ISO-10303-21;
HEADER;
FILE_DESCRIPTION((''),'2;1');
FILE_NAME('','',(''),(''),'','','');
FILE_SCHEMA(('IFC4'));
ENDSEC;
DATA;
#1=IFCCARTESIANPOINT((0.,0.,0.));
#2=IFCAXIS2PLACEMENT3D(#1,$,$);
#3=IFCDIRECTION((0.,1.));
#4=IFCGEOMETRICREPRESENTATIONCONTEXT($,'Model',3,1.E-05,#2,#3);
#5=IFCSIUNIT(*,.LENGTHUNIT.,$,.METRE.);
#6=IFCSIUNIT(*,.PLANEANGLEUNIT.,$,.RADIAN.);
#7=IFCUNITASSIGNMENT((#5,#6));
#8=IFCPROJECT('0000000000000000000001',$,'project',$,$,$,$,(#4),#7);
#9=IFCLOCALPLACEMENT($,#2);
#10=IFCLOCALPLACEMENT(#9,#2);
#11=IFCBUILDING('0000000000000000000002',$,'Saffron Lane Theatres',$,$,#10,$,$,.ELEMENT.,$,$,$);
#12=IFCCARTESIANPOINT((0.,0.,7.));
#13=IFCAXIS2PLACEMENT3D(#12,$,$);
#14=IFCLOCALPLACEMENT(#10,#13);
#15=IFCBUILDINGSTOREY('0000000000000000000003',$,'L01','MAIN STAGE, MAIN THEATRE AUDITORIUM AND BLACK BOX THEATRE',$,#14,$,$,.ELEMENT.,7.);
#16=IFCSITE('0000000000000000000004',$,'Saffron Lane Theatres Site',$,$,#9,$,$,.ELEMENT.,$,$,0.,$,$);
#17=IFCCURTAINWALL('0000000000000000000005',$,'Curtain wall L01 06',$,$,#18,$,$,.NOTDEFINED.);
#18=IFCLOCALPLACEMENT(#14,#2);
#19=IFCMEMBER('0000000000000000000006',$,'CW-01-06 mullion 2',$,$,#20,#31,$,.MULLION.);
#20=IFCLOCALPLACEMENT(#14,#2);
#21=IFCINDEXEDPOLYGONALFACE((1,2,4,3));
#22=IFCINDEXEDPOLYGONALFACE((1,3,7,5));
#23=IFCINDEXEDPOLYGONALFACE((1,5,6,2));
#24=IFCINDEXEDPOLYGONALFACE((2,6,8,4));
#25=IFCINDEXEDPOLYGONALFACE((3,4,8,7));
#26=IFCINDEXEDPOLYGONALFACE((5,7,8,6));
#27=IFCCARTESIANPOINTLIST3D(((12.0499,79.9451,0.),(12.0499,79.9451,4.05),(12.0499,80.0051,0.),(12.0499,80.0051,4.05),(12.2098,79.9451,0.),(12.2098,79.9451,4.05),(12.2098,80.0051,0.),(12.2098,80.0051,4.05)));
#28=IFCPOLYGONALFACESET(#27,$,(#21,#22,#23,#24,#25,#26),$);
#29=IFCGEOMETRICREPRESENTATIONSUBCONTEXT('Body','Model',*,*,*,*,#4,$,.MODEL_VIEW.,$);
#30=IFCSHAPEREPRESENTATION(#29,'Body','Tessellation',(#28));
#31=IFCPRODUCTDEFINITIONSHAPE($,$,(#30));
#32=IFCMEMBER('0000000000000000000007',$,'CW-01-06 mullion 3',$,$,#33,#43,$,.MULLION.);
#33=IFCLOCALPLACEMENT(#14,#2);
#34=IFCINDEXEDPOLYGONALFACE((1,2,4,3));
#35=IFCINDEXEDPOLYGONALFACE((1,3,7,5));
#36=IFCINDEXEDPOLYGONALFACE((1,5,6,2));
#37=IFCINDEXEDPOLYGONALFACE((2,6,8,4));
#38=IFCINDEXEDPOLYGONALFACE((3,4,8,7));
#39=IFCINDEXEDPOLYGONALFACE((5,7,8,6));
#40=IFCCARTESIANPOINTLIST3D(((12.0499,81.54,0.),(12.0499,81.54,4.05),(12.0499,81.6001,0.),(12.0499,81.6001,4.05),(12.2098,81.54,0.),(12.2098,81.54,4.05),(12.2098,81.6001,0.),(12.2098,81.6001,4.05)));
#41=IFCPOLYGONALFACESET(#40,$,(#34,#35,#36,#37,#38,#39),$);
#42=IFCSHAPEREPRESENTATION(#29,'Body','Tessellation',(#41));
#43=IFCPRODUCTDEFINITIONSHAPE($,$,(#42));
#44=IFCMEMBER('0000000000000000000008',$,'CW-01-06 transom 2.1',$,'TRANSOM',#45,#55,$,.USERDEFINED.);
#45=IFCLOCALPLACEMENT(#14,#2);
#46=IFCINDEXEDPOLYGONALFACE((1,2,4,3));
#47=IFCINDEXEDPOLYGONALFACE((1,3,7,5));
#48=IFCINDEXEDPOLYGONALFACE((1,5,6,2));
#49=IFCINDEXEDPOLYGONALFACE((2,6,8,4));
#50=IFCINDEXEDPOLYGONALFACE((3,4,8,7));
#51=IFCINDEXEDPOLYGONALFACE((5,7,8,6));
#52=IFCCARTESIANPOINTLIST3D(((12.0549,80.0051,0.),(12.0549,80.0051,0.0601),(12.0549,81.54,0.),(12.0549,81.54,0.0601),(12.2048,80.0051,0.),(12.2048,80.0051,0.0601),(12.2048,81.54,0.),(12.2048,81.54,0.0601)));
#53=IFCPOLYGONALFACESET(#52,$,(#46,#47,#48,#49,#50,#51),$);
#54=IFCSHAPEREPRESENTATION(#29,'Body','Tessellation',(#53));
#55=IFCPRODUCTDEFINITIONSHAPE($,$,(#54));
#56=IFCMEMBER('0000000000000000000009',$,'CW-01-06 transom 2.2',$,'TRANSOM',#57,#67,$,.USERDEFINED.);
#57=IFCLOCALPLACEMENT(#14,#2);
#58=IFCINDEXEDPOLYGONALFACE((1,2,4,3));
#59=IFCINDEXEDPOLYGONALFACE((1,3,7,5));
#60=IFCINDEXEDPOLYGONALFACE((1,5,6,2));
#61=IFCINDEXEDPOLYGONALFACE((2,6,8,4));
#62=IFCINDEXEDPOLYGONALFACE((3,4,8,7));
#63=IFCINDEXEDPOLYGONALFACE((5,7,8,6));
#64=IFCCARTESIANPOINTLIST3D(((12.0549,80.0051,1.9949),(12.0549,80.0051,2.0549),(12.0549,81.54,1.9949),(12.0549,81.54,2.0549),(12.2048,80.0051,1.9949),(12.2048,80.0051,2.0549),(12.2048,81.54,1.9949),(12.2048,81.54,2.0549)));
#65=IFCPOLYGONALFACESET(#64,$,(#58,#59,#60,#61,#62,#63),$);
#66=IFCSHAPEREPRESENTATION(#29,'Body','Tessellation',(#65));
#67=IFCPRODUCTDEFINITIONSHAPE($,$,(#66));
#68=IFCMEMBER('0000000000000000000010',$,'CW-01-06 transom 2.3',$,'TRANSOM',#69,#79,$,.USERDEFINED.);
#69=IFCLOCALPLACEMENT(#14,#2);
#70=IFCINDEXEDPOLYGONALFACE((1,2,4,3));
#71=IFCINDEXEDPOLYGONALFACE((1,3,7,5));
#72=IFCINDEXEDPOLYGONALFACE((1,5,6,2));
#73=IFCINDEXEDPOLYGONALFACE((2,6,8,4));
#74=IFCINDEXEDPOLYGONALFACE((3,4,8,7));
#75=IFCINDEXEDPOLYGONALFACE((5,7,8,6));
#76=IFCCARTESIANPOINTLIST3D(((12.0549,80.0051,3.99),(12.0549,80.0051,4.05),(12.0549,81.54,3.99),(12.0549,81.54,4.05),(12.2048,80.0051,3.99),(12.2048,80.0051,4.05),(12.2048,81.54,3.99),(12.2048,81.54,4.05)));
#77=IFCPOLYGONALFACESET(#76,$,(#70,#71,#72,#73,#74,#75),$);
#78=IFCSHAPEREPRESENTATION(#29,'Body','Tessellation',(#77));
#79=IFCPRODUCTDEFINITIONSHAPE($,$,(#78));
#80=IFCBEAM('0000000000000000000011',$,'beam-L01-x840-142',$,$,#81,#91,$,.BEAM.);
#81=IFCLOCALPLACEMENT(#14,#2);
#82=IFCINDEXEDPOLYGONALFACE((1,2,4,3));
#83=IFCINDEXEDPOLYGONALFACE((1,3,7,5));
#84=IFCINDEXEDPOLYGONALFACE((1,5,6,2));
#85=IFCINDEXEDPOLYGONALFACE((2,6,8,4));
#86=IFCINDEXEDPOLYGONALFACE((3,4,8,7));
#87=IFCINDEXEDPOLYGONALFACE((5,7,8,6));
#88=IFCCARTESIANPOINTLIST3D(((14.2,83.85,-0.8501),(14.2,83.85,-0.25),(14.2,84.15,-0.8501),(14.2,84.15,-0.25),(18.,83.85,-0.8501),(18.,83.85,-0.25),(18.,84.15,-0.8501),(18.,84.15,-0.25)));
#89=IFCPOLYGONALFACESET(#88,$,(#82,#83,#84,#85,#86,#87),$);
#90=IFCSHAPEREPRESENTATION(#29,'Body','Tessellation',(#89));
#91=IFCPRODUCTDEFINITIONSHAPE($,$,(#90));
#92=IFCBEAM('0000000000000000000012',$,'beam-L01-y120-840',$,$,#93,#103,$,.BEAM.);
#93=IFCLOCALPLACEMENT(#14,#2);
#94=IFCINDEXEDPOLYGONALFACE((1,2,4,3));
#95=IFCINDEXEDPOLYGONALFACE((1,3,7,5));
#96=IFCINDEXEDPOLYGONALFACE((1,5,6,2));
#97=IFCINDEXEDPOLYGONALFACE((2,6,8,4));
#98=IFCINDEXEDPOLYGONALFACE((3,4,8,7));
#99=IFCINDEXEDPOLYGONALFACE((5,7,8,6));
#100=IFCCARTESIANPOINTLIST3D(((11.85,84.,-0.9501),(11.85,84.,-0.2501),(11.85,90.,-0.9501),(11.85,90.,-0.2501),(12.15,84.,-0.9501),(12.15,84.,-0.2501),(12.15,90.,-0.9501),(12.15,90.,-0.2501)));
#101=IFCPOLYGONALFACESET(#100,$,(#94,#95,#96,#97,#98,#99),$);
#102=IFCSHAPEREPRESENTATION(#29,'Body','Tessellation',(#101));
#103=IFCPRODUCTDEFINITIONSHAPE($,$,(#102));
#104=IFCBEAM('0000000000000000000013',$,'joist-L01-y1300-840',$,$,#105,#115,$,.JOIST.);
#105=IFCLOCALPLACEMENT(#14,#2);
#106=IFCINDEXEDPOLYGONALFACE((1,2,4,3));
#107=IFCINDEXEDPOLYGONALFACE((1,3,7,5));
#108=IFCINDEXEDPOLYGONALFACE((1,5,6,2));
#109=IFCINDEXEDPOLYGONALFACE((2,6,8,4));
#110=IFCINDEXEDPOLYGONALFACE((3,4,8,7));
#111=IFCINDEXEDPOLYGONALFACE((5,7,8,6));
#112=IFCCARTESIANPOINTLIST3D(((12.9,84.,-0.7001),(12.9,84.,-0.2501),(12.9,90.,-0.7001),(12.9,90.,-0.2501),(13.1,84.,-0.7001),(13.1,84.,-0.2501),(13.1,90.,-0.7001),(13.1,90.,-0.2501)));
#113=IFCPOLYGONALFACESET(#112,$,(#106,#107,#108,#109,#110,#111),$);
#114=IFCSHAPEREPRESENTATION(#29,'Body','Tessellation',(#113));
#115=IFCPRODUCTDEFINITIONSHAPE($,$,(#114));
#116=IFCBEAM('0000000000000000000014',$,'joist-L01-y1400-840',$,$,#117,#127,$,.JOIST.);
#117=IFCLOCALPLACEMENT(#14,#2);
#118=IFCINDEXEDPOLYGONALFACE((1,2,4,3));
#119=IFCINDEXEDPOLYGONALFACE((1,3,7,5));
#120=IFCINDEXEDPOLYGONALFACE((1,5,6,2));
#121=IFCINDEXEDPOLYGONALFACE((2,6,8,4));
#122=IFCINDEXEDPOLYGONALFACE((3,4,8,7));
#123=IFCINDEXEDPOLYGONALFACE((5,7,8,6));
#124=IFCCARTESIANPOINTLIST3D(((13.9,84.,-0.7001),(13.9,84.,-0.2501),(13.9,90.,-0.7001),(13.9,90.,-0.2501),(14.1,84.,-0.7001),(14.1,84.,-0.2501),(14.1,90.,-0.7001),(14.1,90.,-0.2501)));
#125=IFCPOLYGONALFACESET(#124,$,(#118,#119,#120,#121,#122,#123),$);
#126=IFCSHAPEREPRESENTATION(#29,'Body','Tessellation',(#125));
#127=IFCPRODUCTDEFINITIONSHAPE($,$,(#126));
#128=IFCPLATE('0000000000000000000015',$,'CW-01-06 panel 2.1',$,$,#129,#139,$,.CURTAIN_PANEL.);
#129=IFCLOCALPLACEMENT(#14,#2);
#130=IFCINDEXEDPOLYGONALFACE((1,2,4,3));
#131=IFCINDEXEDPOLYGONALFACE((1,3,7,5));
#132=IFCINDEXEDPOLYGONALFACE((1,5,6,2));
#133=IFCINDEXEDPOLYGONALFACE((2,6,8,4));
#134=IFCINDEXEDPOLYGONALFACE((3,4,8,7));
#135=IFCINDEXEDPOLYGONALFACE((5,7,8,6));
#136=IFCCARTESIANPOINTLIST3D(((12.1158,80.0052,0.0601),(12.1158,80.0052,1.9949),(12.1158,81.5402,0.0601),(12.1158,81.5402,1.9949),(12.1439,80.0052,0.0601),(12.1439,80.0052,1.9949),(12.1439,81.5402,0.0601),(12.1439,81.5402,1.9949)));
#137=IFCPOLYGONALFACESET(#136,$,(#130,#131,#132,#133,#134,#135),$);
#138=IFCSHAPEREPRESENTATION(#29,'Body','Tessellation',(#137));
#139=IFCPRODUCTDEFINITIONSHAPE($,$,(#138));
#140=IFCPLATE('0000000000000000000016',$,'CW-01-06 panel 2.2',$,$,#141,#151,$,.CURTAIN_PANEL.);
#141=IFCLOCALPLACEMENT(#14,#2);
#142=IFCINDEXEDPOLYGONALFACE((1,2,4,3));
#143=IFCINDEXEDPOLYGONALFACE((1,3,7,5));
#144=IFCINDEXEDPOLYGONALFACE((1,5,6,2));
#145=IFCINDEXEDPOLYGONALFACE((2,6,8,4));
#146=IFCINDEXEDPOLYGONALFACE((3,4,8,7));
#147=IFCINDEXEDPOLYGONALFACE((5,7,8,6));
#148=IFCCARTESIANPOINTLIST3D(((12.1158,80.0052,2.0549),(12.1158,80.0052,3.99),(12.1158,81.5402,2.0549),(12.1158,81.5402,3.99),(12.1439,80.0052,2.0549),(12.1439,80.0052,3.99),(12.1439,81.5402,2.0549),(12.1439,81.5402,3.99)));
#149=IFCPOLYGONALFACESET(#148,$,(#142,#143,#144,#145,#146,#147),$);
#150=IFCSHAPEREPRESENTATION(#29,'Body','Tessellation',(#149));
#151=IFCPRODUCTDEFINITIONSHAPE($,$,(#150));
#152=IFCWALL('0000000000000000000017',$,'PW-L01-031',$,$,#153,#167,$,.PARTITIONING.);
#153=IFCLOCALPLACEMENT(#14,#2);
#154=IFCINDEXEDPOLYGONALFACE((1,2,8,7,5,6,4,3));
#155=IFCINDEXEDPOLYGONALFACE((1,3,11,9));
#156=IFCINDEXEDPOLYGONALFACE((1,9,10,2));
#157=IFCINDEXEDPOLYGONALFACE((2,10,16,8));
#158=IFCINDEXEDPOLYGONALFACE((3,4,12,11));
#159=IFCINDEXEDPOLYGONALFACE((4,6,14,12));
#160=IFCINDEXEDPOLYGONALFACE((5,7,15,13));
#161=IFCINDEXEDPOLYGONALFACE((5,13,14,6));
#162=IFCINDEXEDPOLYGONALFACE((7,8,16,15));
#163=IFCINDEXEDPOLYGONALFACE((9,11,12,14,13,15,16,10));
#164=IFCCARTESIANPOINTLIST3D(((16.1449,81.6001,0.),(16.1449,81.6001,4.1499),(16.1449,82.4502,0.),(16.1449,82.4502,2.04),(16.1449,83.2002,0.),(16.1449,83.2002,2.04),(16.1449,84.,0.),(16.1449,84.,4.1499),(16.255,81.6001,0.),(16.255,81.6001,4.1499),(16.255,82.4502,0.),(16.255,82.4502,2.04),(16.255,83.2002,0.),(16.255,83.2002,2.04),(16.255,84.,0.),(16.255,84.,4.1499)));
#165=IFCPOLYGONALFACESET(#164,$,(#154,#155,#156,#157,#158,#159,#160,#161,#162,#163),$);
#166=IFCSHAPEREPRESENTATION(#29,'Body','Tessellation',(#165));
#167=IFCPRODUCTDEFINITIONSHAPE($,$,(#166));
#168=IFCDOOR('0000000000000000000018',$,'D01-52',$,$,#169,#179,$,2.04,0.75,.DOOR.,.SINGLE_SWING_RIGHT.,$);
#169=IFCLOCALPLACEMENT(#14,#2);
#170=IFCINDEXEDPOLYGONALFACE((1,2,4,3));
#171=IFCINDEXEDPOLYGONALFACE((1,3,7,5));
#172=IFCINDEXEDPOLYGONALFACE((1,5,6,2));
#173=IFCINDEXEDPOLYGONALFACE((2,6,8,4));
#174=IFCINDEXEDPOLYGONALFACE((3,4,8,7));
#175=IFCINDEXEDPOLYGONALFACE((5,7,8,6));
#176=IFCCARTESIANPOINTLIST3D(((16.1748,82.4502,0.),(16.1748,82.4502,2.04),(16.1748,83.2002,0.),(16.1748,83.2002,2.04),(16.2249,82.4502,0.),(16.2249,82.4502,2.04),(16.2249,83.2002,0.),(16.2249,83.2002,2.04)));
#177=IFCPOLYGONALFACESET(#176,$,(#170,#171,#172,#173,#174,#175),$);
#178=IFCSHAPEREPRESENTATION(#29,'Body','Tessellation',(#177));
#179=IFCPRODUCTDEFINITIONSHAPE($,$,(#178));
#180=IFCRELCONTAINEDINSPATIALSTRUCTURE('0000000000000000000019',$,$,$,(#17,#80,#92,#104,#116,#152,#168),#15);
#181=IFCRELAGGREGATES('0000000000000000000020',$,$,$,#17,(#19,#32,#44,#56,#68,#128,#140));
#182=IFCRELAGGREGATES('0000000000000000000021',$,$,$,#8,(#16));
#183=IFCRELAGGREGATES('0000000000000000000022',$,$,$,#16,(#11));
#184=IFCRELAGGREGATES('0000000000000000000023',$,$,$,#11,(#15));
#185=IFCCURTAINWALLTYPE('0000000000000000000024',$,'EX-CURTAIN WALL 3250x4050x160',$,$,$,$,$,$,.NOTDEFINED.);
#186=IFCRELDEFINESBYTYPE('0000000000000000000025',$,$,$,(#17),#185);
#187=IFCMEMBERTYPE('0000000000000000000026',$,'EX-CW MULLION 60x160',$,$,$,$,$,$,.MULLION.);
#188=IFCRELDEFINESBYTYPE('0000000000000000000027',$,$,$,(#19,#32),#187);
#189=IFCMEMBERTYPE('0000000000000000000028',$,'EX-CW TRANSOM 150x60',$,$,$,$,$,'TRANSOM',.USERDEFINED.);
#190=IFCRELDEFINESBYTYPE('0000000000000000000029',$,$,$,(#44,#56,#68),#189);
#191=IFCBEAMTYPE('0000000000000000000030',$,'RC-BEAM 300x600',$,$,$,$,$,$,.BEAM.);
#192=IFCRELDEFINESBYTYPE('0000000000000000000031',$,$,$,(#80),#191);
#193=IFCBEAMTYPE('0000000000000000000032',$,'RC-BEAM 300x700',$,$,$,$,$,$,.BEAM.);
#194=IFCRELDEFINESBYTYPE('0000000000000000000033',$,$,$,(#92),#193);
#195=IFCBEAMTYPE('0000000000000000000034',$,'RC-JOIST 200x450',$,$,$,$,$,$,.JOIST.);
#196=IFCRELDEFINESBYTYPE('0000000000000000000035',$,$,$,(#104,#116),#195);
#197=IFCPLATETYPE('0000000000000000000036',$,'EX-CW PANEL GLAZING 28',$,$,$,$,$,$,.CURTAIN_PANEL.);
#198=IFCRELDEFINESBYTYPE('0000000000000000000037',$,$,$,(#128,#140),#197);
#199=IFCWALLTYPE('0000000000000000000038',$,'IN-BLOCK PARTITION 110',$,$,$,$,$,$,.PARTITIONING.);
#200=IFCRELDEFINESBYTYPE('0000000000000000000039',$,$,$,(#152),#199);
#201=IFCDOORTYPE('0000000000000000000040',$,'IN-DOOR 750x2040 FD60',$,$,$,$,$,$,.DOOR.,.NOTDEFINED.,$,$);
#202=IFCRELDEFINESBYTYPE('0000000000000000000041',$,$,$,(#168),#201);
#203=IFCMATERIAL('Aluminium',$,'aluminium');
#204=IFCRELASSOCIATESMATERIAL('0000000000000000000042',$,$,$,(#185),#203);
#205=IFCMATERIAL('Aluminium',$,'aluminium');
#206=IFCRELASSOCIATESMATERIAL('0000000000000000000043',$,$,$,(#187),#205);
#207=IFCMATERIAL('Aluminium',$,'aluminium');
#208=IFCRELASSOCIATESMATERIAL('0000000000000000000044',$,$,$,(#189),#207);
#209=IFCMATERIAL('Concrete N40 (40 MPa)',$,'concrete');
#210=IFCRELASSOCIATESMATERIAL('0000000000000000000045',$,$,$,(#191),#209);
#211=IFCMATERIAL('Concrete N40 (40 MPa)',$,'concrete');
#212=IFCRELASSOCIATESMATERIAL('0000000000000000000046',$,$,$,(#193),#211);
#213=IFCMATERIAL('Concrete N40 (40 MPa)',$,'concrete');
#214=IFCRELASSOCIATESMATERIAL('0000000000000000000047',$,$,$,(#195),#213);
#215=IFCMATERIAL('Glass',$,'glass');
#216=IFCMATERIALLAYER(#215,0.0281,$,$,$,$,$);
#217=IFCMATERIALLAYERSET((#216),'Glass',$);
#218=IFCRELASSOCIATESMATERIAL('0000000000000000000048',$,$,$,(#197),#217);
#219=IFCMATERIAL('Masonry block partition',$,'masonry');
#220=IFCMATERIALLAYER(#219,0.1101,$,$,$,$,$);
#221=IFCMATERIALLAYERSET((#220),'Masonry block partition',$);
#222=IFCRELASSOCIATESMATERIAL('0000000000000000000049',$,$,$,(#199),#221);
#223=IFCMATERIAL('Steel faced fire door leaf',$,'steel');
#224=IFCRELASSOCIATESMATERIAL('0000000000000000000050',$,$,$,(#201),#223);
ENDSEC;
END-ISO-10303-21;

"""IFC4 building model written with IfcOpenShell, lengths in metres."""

from ifc_helpers import new_model, si_unit, direction, frame, frame_2d, origin, origin_2d, place, context, subcontext, project, spatial, rectangle, extrude, material, layer, layer_set, material_profile, profile_set, type_object, element, fill, aggregate, save


model = new_model("IFC4")

# Units and contexts
model_context = context("Model", 3, precision=1e-05, world=origin(), true_north=direction((0.0, 1.0)))
body_context = subcontext(model_context, "Body", "Model", "MODEL_VIEW")
ifc_project = project(units=[si_unit("LENGTHUNIT", "METRE"), si_unit("PLANEANGLEUNIT", "RADIAN")], contexts=[model_context])

# Site, building, storey
site_placement = place(None, origin())
site = spatial("IfcSite", under=ifc_project, at=site_placement, Name="Saffron Lane Theatres Site", CompositionType="ELEMENT", RefElevation=0.0)
building_placement = place(site_placement, origin())
building = spatial("IfcBuilding", under=site, at=building_placement, Name="Saffron Lane Theatres", CompositionType="ELEMENT")
storey_placement = place(building_placement, frame((0.0, 0.0, 7.0)))
storey = spatial("IfcBuildingStorey", under=building, at=storey_placement, Name="L01", Description="MAIN STAGE, MAIN THEATRE AUDITORIUM AND BLACK BOX THEATRE", CompositionType="ELEMENT", Elevation=7.0)

# Curtain wall, members
ifc_material_1 = material(Name="Aluminium", Category="aluminium")
curtain_wall_type = type_object("IfcCurtainWallType", Name="EX-CURTAIN WALL 3250x4050x160", PredefinedType="NOTDEFINED", material=ifc_material_1)
curtain_wall_placement = place(storey_placement, origin())
curtain_wall = element("IfcCurtainWall", 1, at=curtain_wall_placement, inside=storey, type_object=curtain_wall_type, Name="Curtain wall L01 06", PredefinedType="NOTDEFINED")
ifc_material_2 = material(Name="Aluminium", Category="aluminium")
ifc_material_profile_1 = material_profile(ifc_material_2, rectangle(XDim=0.0601, YDim=0.1599, at=origin_2d()))
ifc_profile_set_1 = profile_set([ifc_material_profile_1], Name="Aluminium")
member_type_1 = type_object("IfcMemberType", Name="EX-CW MULLION 60x160", PredefinedType="MULLION", material=ifc_profile_set_1)
member_1_placement = place(storey_placement, frame((12.1299, 79.9751, 0.0), z_axis=(0.0, 0.0, 1.0), x_axis=(0.0, 1.0, 0.0)))
member_1 = element("IfcMember", 2, at=member_1_placement, type_object=member_type_1, Name="CW-01-06 mullion 2", PredefinedType="MULLION", context=body_context, shape_type="SweptSolid", body=[
    extrude(rectangle(XDim=0.0601, YDim=0.1599, at=origin_2d()), origin(), (0.0, 0.0, 1.0), 4.05),
])
member_2_placement = place(storey_placement, frame((12.1299, 81.5701, 0.0), z_axis=(0.0, 0.0, 1.0), x_axis=(0.0, 1.0, 0.0)))
member_2 = element("IfcMember", 3, at=member_2_placement, type_object=member_type_1, Name="CW-01-06 mullion 3", PredefinedType="MULLION", context=body_context, shape_type="SweptSolid", body=[
    extrude(rectangle(XDim=0.0601, YDim=0.1599, at=origin_2d()), origin(), (0.0, 0.0, 1.0), 4.05),
])
ifc_material_3 = material(Name="Aluminium", Category="aluminium")
ifc_material_profile_2 = material_profile(ifc_material_3, rectangle(XDim=0.1499, YDim=0.0601, at=origin_2d()))
ifc_profile_set_2 = profile_set([ifc_material_profile_2], Name="Aluminium")
member_type_2 = type_object("IfcMemberType", Name="EX-CW TRANSOM 150x60", ElementType="TRANSOM", PredefinedType="USERDEFINED", material=ifc_profile_set_2)
member_3_placement = place(storey_placement, frame((12.1299, 80.0051, 0.03), z_axis=(0.0, 1.0, 0.0), x_axis=(-1.0, 0.0, 0.0)))
member_3 = element("IfcMember", 4, at=member_3_placement, type_object=member_type_2, Name="CW-01-06 transom 2.1", ObjectType="TRANSOM", PredefinedType="USERDEFINED", context=body_context, shape_type="SweptSolid", body=[
    extrude(rectangle(XDim=0.1499, YDim=0.0601, at=origin_2d()), origin(), (0.0, 0.0, 1.0), 1.5349),
])
member_4_placement = place(storey_placement, frame((12.1299, 80.0051, 2.0249), z_axis=(0.0, 1.0, 0.0), x_axis=(-1.0, 0.0, 0.0)))
member_4 = element("IfcMember", 5, at=member_4_placement, type_object=member_type_2, Name="CW-01-06 transom 2.2", ObjectType="TRANSOM", PredefinedType="USERDEFINED", context=body_context, shape_type="SweptSolid", body=[
    extrude(rectangle(XDim=0.1499, YDim=0.0601, at=origin_2d()), origin(), (0.0, 0.0, 1.0), 1.5349),
])
member_5_placement = place(storey_placement, frame((12.1299, 80.0051, 4.02), z_axis=(0.0, 1.0, 0.0), x_axis=(-1.0, 0.0, 0.0)))
member_5 = element("IfcMember", 6, at=member_5_placement, type_object=member_type_2, Name="CW-01-06 transom 2.3", ObjectType="TRANSOM", PredefinedType="USERDEFINED", context=body_context, shape_type="SweptSolid", body=[
    extrude(rectangle(XDim=0.1499, YDim=0.0601, at=origin_2d()), origin(), (0.0, 0.0, 1.0), 1.5349),
])

# Beams
ifc_material_4 = material(Name="Concrete N40 (40 MPa)", Category="concrete")
ifc_material_profile_3 = material_profile(ifc_material_4, rectangle(XDim=0.3, YDim=0.6001, at=origin_2d()))
ifc_profile_set_3 = profile_set([ifc_material_profile_3], Name="Concrete N40 (40 MPa)")
beam_type_1 = type_object("IfcBeamType", Name="RC-BEAM 300x600", PredefinedType="BEAM", material=ifc_profile_set_3)
beam_1_placement = place(storey_placement, frame((14.2, 84.0, -0.55), z_axis=(1.0, 0.0, 0.0), x_axis=(0.0, 1.0, 0.0)))
element("IfcBeam", 7, at=beam_1_placement, inside=storey, type_object=beam_type_1, Name="beam-L01-x840-142", PredefinedType="BEAM", context=body_context, shape_type="SweptSolid", body=[
    extrude(rectangle(XDim=0.3, YDim=0.6001, at=origin_2d()), origin(), (0.0, 0.0, 1.0), 3.8),
])
ifc_material_5 = material(Name="Concrete N40 (40 MPa)", Category="concrete")
ifc_material_profile_4 = material_profile(ifc_material_5, rectangle(XDim=0.3, YDim=0.7, at=origin_2d()))
ifc_profile_set_4 = profile_set([ifc_material_profile_4], Name="Concrete N40 (40 MPa)")
beam_type_2 = type_object("IfcBeamType", Name="RC-BEAM 300x700", PredefinedType="BEAM", material=ifc_profile_set_4)
beam_2_placement = place(storey_placement, frame((12.0, 84.0, -0.6001), z_axis=(0.0, 1.0, 0.0), x_axis=(-1.0, 0.0, 0.0)))
element("IfcBeam", 8, at=beam_2_placement, inside=storey, type_object=beam_type_2, Name="beam-L01-y120-840", PredefinedType="BEAM", context=body_context, shape_type="SweptSolid", body=[
    extrude(rectangle(XDim=0.3, YDim=0.7, at=origin_2d()), origin(), (0.0, 0.0, 1.0), 6.0),
])
ifc_material_6 = material(Name="Concrete N40 (40 MPa)", Category="concrete")
ifc_material_profile_5 = material_profile(ifc_material_6, rectangle(XDim=0.2, YDim=0.45, at=origin_2d()))
ifc_profile_set_5 = profile_set([ifc_material_profile_5], Name="Concrete N40 (40 MPa)")
beam_type_3 = type_object("IfcBeamType", Name="RC-JOIST 200x450", PredefinedType="JOIST", material=ifc_profile_set_5)
for number, where, z_axis, x_axis, name in (
    (9, (13.0, 84.0, -0.4751), (0.0, 1.0, 0.0), (-1.0, 0.0, 0.0), "joist-L01-y1300-840"),
    (10, (14.0, 84.0, -0.4751), (0.0, 1.0, 0.0), (-1.0, 0.0, 0.0), "joist-L01-y1400-840"),
):
    element("IfcBeam", number, at=place(storey_placement, frame(where, z_axis=z_axis, x_axis=x_axis)), inside=storey, type_object=beam_type_3, Name=name, PredefinedType="JOIST", context=body_context, shape_type="SweptSolid", body=[
        extrude(rectangle(XDim=0.2, YDim=0.45, at=origin_2d()), origin(), (0.0, 0.0, 1.0), 6.0),
    ])

# Plates
ifc_material_7 = material(Name="Glass", Category="glass")
ifc_layer_1 = layer(ifc_material_7, 0.0281)
ifc_layer_set_1 = layer_set([ifc_layer_1], Name="Glass")
plate_type = type_object("IfcPlateType", Name="EX-CW PANEL GLAZING 28", PredefinedType="CURTAIN_PANEL", material=ifc_layer_set_1)
plate_1_placement = place(storey_placement, frame((12.1299, 80.7727, 0.0601), z_axis=(0.0, 0.0, 1.0), x_axis=(0.0, 1.0, 0.0)))
plate_1 = element("IfcPlate", 11, at=plate_1_placement, type_object=plate_type, Name="CW-01-06 panel 2.1", PredefinedType="CURTAIN_PANEL", context=body_context, shape_type="SweptSolid", body=[
    extrude(rectangle(XDim=1.5349, YDim=0.0281, at=origin_2d()), origin(), (0.0, 0.0, 1.0), 1.9348),
])
plate_2_placement = place(storey_placement, frame((12.1299, 80.7727, 2.0549), z_axis=(0.0, 0.0, 1.0), x_axis=(0.0, 1.0, 0.0)))
plate_2 = element("IfcPlate", 12, at=plate_2_placement, type_object=plate_type, Name="CW-01-06 panel 2.2", PredefinedType="CURTAIN_PANEL", context=body_context, shape_type="SweptSolid", body=[
    extrude(rectangle(XDim=1.5349, YDim=0.0281, at=origin_2d()), origin(), (0.0, 0.0, 1.0), 1.9351),
])
aggregate(curtain_wall, [member_1, member_2, member_3, member_4, member_5, plate_1, plate_2])

# Wall, opening, door
ifc_material_8 = material(Name="Masonry block partition", Category="masonry")
ifc_layer_2 = layer(ifc_material_8, 0.1101)
ifc_layer_set_2 = layer_set([ifc_layer_2], Name="Masonry block partition")
wall_type_1 = type_object("IfcWallType", Name="IN-BLOCK PARTITION 110", PredefinedType="PARTITIONING", material=ifc_layer_set_2)
wall_1_placement = place(storey_placement, frame((16.2, 81.6001, 0.0), z_axis=(0.0, 0.0, 1.0), x_axis=(0.0, 1.0, 0.0)))
wall_1 = element("IfcWall", 13, at=wall_1_placement, inside=storey, type_object=wall_type_1, Name="PW-L01-031", PredefinedType="PARTITIONING", context=body_context, shape_type="SweptSolid", body=[
    extrude(rectangle(XDim=2.3999, YDim=0.1101, at=frame_2d((1.2, 0.0))), origin(), (0.0, 0.0, 1.0), 4.1499),
])
opening_1_placement = place(wall_1_placement, frame((0.8501, 0.0, 0.0)))
opening_1 = element("IfcOpeningElement", 14, at=opening_1_placement, cuts=wall_1, PredefinedType="OPENING", context=body_context, shape_type="SweptSolid", body=[
    extrude(rectangle(XDim=0.75, YDim=2.04, at=frame_2d((0.375, 1.02))), frame((0.0, 0.0649, 0.0), z_axis=(0.0, -1.0, 0.0), x_axis=(1.0, 0.0, 0.0)), (0.0, 0.0, 1.0), 0.1301),
])
ifc_material_9 = material(Name="Steel faced fire door leaf", Category="steel")
door_type_1 = type_object("IfcDoorType", Name="IN-DOOR 750x2040 FD60", OperationType="NOTDEFINED", PredefinedType="DOOR", material=ifc_material_9)
door_1_placement = place(opening_1_placement, frame((0.75, 0.0, 0.0), z_axis=(0.0, 0.0, 1.0), x_axis=(-1.0, 0.0, 0.0)))
door_1 = element("IfcDoor", 15, at=door_1_placement, inside=storey, type_object=door_type_1, Name="D01-52", OperationType="SINGLE_SWING_RIGHT", OverallHeight=2.04, OverallWidth=0.75, PredefinedType="DOOR", context=body_context, shape_type="SweptSolid", body=[
    extrude(rectangle(XDim=0.75, YDim=2.04, at=frame_2d((0.375, 1.02))), frame((0.0, 0.0249, 0.0), z_axis=(0.0, -1.0, 0.0), x_axis=(1.0, 0.0, 0.0)), (0.0, 0.0, 1.0), 0.05),
])
fill(opening_1, door_1)

save(model, "model.ifc")
